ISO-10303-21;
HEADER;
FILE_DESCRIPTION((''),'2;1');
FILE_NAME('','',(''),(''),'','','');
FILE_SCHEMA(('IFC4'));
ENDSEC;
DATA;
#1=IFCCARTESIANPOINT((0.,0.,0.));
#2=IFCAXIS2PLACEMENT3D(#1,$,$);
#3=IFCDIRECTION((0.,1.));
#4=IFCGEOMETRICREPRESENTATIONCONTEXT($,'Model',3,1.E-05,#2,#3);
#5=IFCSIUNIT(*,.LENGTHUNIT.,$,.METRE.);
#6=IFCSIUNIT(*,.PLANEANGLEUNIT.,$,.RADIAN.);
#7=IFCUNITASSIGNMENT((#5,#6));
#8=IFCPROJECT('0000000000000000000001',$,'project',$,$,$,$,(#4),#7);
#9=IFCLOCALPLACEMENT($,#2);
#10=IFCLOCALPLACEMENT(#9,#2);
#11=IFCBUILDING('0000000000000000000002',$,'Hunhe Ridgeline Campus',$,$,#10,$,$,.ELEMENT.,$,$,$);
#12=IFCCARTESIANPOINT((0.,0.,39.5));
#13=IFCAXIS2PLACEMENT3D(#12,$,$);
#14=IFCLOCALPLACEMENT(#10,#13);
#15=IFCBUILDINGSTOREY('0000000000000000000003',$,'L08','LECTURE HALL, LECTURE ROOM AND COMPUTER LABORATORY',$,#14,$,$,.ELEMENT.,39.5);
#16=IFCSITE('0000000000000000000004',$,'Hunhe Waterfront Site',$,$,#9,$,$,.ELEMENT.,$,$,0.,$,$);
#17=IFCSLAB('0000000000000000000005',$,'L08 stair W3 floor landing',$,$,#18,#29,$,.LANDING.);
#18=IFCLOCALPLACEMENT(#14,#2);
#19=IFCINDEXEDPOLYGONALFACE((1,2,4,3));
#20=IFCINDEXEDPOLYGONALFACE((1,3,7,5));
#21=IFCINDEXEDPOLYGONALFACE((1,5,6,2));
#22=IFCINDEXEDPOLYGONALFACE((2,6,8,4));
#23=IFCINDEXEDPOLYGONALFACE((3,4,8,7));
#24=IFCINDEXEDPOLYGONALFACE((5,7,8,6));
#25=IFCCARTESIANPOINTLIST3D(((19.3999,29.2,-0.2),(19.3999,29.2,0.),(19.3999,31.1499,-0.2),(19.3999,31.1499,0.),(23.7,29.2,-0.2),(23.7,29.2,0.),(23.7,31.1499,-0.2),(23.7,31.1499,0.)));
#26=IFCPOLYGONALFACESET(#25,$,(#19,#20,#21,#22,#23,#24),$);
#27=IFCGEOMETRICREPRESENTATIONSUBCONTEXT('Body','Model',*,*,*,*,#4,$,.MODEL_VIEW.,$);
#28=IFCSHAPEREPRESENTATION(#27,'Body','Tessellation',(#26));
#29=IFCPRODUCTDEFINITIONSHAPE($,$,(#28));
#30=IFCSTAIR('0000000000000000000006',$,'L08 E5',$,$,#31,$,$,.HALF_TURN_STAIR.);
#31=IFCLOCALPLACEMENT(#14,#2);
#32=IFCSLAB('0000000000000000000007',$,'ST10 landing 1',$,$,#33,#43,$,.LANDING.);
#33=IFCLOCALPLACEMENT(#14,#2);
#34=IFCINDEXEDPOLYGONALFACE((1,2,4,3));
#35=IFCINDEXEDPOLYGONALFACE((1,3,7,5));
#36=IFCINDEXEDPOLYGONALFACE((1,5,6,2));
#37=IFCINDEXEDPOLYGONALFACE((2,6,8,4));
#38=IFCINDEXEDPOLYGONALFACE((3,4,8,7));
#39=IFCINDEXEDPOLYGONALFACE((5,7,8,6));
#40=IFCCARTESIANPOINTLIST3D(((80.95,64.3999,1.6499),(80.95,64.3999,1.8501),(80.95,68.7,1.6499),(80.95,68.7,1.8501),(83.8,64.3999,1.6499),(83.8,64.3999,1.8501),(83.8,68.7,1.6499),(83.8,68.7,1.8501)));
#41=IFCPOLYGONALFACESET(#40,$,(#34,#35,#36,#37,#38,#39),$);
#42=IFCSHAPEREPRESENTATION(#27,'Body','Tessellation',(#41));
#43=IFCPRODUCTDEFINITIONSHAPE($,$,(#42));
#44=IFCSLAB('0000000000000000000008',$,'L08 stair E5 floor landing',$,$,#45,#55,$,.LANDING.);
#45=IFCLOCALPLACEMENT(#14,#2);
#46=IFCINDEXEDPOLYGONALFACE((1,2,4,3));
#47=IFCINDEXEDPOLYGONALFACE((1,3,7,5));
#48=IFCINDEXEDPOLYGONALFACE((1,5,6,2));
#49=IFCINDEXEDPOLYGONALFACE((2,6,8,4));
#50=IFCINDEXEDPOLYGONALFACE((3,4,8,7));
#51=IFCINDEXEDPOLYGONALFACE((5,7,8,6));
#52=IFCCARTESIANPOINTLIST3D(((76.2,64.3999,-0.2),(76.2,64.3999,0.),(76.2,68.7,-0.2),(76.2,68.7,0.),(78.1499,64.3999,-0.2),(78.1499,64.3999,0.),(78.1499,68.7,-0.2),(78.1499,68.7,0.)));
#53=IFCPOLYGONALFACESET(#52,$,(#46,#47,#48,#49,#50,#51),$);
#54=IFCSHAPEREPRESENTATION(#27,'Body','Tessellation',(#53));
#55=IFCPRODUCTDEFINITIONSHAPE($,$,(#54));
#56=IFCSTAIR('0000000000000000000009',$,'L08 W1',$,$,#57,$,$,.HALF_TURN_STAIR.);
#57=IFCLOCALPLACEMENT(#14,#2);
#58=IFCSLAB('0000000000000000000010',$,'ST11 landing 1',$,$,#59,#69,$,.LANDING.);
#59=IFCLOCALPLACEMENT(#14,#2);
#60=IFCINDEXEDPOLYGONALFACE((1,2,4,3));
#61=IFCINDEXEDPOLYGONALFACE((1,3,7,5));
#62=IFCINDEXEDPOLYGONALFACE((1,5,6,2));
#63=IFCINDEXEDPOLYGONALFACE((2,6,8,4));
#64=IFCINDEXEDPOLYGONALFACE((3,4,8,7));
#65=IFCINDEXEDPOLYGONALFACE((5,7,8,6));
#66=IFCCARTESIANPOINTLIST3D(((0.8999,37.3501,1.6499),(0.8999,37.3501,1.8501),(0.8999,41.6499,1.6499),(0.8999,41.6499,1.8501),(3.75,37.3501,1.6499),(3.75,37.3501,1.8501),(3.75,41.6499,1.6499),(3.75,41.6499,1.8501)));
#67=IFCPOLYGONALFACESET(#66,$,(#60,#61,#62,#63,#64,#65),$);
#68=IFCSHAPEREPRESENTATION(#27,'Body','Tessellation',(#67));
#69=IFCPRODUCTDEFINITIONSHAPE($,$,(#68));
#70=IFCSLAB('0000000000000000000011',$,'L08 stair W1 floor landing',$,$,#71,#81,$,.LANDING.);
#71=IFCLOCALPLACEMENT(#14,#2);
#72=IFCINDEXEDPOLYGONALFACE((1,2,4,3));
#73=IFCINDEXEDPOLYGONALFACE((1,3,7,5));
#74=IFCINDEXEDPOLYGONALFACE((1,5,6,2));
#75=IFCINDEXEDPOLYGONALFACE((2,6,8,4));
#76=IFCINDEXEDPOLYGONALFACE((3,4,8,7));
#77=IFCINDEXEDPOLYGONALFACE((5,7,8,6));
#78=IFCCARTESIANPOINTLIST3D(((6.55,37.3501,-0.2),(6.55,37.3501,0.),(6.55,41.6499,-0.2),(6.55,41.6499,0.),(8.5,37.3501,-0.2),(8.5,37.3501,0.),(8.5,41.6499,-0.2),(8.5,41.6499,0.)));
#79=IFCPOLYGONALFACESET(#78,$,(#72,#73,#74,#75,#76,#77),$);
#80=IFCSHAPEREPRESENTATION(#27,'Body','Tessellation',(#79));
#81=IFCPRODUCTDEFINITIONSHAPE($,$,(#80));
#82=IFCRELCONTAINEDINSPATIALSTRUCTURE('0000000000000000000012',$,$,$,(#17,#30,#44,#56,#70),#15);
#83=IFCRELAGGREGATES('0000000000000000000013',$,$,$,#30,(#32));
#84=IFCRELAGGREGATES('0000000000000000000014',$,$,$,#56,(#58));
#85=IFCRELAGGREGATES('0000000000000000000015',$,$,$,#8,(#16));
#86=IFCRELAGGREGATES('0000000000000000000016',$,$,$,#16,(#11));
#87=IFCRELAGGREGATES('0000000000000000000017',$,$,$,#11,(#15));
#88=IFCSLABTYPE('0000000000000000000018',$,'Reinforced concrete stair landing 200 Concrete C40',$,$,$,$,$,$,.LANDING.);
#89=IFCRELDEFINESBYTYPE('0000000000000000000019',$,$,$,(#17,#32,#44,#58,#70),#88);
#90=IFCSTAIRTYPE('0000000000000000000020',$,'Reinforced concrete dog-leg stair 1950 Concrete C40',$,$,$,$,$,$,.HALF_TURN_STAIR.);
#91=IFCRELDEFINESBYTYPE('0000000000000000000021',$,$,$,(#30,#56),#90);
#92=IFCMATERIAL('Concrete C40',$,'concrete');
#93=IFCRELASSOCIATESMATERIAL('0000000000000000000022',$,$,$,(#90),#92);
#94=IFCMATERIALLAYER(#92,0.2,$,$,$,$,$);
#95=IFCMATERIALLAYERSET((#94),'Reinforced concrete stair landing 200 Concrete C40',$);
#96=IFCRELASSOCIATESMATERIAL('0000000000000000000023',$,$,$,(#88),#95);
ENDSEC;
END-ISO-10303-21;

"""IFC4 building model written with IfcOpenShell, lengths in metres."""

from ifc_helpers import new_model, si_unit, direction, frame, origin, place, context, subcontext, project, spatial, polyline, outline, extrude, material, layer, layer_set, type_object, element, aggregate, save


model = new_model("IFC4")

# Units and contexts
model_context = context("Model", 3, precision=1e-05, world=origin(), true_north=direction((0.0, 1.0)))
body_context = subcontext(model_context, "Body", "Model", "MODEL_VIEW")
ifc_project = project(units=[si_unit("LENGTHUNIT", "METRE"), si_unit("PLANEANGLEUNIT", "RADIAN")], contexts=[model_context])

# Site, building, storey
site_placement = place(None, origin())
site = spatial("IfcSite", under=ifc_project, at=site_placement, Name="Hunhe Waterfront Site", CompositionType="ELEMENT", RefElevation=0.0)
building_placement = place(site_placement, origin())
building = spatial("IfcBuilding", under=site, at=building_placement, Name="Hunhe Ridgeline Campus", CompositionType="ELEMENT")
storey_placement = place(building_placement, frame((0.0, 0.0, 39.5)))
storey = spatial("IfcBuildingStorey", under=building, at=storey_placement, Name="L08", Description="LECTURE HALL, LECTURE ROOM AND COMPUTER LABORATORY", CompositionType="ELEMENT", Elevation=39.5)

# Shared definitions
ifc_material_1 = material(Name="Concrete C40", Category="concrete")

# Shared definitions
stair_type = type_object("IfcStairType", Name="Reinforced concrete dog-leg stair 1950 Concrete C40", PredefinedType="HALF_TURN_STAIR", material=ifc_material_1)
ifc_layer_1 = layer(ifc_material_1, 0.2)
ifc_layer_set_1 = layer_set([ifc_layer_1], Name="Reinforced concrete stair landing 200 Concrete C40")
slab_type_1 = type_object("IfcSlabType", Name="Reinforced concrete stair landing 200 Concrete C40", PredefinedType="LANDING", material=ifc_layer_set_1)

# Slab
slab_1_placement = place(storey_placement, frame((0.0, 0.0, -0.2)))
element("IfcSlab", 1, at=slab_1_placement, inside=storey, type_object=slab_type_1, Name="L08 stair W3 floor landing", PredefinedType="LANDING", context=body_context, shape_type="SweptSolid", body=[
    extrude(outline(polyline([(23.7, 29.2), (23.7, 31.1499), (19.3999, 31.1499), (19.3999, 29.2), (23.7, 29.2)])), origin(), (0.0, 0.0, 1.0), 0.2),
])

# Stair, slab
stair_1_placement = place(storey_placement, origin())
stair_1 = element("IfcStair", 2, at=stair_1_placement, inside=storey, type_object=stair_type, Name="L08 E5", PredefinedType="HALF_TURN_STAIR")
slab_2_placement = place(storey_placement, frame((0.0, 0.0, 1.6499)))
slab_2 = element("IfcSlab", 3, at=slab_2_placement, type_object=slab_type_1, Name="ST10 landing 1", PredefinedType="LANDING", context=body_context, shape_type="SweptSolid", body=[
    extrude(outline(polyline([(80.95, 64.3999), (83.8, 64.3999), (83.8, 68.7), (80.95, 68.7), (80.95, 64.3999)])), origin(), (0.0, 0.0, 1.0), 0.2002),
])
aggregate(stair_1, [slab_2])

# Slab
slab_3_placement = place(storey_placement, frame((0.0, 0.0, -0.2)))
element("IfcSlab", 4, at=slab_3_placement, inside=storey, type_object=slab_type_1, Name="L08 stair E5 floor landing", PredefinedType="LANDING", context=body_context, shape_type="SweptSolid", body=[
    extrude(outline(polyline([(76.2, 64.3999), (78.1499, 64.3999), (78.1499, 68.7), (76.2, 68.7), (76.2, 64.3999)])), origin(), (0.0, 0.0, 1.0), 0.2),
])

# Stair, slab
stair_2_placement = place(storey_placement, origin())
stair_2 = element("IfcStair", 5, at=stair_2_placement, inside=storey, type_object=stair_type, Name="L08 W1", PredefinedType="HALF_TURN_STAIR")
slab_4_placement = place(storey_placement, frame((0.0, 0.0, 1.6499)))
slab_4 = element("IfcSlab", 6, at=slab_4_placement, type_object=slab_type_1, Name="ST11 landing 1", PredefinedType="LANDING", context=body_context, shape_type="SweptSolid", body=[
    extrude(outline(polyline([(3.75, 41.6499), (0.8999, 41.6499), (0.8999, 37.3501), (3.75, 37.3501), (3.75, 41.6499)])), origin(), (0.0, 0.0, 1.0), 0.2002),
])
aggregate(stair_2, [slab_4])

# Slab
slab_5_placement = place(storey_placement, frame((0.0, 0.0, -0.2)))
element("IfcSlab", 7, at=slab_5_placement, inside=storey, type_object=slab_type_1, Name="L08 stair W1 floor landing", PredefinedType="LANDING", context=body_context, shape_type="SweptSolid", body=[
    extrude(outline(polyline([(8.5, 41.6499), (6.55, 41.6499), (6.55, 37.3501), (8.5, 37.3501), (8.5, 41.6499)])), origin(), (0.0, 0.0, 1.0), 0.2),
])

save(model, "model.ifc")
